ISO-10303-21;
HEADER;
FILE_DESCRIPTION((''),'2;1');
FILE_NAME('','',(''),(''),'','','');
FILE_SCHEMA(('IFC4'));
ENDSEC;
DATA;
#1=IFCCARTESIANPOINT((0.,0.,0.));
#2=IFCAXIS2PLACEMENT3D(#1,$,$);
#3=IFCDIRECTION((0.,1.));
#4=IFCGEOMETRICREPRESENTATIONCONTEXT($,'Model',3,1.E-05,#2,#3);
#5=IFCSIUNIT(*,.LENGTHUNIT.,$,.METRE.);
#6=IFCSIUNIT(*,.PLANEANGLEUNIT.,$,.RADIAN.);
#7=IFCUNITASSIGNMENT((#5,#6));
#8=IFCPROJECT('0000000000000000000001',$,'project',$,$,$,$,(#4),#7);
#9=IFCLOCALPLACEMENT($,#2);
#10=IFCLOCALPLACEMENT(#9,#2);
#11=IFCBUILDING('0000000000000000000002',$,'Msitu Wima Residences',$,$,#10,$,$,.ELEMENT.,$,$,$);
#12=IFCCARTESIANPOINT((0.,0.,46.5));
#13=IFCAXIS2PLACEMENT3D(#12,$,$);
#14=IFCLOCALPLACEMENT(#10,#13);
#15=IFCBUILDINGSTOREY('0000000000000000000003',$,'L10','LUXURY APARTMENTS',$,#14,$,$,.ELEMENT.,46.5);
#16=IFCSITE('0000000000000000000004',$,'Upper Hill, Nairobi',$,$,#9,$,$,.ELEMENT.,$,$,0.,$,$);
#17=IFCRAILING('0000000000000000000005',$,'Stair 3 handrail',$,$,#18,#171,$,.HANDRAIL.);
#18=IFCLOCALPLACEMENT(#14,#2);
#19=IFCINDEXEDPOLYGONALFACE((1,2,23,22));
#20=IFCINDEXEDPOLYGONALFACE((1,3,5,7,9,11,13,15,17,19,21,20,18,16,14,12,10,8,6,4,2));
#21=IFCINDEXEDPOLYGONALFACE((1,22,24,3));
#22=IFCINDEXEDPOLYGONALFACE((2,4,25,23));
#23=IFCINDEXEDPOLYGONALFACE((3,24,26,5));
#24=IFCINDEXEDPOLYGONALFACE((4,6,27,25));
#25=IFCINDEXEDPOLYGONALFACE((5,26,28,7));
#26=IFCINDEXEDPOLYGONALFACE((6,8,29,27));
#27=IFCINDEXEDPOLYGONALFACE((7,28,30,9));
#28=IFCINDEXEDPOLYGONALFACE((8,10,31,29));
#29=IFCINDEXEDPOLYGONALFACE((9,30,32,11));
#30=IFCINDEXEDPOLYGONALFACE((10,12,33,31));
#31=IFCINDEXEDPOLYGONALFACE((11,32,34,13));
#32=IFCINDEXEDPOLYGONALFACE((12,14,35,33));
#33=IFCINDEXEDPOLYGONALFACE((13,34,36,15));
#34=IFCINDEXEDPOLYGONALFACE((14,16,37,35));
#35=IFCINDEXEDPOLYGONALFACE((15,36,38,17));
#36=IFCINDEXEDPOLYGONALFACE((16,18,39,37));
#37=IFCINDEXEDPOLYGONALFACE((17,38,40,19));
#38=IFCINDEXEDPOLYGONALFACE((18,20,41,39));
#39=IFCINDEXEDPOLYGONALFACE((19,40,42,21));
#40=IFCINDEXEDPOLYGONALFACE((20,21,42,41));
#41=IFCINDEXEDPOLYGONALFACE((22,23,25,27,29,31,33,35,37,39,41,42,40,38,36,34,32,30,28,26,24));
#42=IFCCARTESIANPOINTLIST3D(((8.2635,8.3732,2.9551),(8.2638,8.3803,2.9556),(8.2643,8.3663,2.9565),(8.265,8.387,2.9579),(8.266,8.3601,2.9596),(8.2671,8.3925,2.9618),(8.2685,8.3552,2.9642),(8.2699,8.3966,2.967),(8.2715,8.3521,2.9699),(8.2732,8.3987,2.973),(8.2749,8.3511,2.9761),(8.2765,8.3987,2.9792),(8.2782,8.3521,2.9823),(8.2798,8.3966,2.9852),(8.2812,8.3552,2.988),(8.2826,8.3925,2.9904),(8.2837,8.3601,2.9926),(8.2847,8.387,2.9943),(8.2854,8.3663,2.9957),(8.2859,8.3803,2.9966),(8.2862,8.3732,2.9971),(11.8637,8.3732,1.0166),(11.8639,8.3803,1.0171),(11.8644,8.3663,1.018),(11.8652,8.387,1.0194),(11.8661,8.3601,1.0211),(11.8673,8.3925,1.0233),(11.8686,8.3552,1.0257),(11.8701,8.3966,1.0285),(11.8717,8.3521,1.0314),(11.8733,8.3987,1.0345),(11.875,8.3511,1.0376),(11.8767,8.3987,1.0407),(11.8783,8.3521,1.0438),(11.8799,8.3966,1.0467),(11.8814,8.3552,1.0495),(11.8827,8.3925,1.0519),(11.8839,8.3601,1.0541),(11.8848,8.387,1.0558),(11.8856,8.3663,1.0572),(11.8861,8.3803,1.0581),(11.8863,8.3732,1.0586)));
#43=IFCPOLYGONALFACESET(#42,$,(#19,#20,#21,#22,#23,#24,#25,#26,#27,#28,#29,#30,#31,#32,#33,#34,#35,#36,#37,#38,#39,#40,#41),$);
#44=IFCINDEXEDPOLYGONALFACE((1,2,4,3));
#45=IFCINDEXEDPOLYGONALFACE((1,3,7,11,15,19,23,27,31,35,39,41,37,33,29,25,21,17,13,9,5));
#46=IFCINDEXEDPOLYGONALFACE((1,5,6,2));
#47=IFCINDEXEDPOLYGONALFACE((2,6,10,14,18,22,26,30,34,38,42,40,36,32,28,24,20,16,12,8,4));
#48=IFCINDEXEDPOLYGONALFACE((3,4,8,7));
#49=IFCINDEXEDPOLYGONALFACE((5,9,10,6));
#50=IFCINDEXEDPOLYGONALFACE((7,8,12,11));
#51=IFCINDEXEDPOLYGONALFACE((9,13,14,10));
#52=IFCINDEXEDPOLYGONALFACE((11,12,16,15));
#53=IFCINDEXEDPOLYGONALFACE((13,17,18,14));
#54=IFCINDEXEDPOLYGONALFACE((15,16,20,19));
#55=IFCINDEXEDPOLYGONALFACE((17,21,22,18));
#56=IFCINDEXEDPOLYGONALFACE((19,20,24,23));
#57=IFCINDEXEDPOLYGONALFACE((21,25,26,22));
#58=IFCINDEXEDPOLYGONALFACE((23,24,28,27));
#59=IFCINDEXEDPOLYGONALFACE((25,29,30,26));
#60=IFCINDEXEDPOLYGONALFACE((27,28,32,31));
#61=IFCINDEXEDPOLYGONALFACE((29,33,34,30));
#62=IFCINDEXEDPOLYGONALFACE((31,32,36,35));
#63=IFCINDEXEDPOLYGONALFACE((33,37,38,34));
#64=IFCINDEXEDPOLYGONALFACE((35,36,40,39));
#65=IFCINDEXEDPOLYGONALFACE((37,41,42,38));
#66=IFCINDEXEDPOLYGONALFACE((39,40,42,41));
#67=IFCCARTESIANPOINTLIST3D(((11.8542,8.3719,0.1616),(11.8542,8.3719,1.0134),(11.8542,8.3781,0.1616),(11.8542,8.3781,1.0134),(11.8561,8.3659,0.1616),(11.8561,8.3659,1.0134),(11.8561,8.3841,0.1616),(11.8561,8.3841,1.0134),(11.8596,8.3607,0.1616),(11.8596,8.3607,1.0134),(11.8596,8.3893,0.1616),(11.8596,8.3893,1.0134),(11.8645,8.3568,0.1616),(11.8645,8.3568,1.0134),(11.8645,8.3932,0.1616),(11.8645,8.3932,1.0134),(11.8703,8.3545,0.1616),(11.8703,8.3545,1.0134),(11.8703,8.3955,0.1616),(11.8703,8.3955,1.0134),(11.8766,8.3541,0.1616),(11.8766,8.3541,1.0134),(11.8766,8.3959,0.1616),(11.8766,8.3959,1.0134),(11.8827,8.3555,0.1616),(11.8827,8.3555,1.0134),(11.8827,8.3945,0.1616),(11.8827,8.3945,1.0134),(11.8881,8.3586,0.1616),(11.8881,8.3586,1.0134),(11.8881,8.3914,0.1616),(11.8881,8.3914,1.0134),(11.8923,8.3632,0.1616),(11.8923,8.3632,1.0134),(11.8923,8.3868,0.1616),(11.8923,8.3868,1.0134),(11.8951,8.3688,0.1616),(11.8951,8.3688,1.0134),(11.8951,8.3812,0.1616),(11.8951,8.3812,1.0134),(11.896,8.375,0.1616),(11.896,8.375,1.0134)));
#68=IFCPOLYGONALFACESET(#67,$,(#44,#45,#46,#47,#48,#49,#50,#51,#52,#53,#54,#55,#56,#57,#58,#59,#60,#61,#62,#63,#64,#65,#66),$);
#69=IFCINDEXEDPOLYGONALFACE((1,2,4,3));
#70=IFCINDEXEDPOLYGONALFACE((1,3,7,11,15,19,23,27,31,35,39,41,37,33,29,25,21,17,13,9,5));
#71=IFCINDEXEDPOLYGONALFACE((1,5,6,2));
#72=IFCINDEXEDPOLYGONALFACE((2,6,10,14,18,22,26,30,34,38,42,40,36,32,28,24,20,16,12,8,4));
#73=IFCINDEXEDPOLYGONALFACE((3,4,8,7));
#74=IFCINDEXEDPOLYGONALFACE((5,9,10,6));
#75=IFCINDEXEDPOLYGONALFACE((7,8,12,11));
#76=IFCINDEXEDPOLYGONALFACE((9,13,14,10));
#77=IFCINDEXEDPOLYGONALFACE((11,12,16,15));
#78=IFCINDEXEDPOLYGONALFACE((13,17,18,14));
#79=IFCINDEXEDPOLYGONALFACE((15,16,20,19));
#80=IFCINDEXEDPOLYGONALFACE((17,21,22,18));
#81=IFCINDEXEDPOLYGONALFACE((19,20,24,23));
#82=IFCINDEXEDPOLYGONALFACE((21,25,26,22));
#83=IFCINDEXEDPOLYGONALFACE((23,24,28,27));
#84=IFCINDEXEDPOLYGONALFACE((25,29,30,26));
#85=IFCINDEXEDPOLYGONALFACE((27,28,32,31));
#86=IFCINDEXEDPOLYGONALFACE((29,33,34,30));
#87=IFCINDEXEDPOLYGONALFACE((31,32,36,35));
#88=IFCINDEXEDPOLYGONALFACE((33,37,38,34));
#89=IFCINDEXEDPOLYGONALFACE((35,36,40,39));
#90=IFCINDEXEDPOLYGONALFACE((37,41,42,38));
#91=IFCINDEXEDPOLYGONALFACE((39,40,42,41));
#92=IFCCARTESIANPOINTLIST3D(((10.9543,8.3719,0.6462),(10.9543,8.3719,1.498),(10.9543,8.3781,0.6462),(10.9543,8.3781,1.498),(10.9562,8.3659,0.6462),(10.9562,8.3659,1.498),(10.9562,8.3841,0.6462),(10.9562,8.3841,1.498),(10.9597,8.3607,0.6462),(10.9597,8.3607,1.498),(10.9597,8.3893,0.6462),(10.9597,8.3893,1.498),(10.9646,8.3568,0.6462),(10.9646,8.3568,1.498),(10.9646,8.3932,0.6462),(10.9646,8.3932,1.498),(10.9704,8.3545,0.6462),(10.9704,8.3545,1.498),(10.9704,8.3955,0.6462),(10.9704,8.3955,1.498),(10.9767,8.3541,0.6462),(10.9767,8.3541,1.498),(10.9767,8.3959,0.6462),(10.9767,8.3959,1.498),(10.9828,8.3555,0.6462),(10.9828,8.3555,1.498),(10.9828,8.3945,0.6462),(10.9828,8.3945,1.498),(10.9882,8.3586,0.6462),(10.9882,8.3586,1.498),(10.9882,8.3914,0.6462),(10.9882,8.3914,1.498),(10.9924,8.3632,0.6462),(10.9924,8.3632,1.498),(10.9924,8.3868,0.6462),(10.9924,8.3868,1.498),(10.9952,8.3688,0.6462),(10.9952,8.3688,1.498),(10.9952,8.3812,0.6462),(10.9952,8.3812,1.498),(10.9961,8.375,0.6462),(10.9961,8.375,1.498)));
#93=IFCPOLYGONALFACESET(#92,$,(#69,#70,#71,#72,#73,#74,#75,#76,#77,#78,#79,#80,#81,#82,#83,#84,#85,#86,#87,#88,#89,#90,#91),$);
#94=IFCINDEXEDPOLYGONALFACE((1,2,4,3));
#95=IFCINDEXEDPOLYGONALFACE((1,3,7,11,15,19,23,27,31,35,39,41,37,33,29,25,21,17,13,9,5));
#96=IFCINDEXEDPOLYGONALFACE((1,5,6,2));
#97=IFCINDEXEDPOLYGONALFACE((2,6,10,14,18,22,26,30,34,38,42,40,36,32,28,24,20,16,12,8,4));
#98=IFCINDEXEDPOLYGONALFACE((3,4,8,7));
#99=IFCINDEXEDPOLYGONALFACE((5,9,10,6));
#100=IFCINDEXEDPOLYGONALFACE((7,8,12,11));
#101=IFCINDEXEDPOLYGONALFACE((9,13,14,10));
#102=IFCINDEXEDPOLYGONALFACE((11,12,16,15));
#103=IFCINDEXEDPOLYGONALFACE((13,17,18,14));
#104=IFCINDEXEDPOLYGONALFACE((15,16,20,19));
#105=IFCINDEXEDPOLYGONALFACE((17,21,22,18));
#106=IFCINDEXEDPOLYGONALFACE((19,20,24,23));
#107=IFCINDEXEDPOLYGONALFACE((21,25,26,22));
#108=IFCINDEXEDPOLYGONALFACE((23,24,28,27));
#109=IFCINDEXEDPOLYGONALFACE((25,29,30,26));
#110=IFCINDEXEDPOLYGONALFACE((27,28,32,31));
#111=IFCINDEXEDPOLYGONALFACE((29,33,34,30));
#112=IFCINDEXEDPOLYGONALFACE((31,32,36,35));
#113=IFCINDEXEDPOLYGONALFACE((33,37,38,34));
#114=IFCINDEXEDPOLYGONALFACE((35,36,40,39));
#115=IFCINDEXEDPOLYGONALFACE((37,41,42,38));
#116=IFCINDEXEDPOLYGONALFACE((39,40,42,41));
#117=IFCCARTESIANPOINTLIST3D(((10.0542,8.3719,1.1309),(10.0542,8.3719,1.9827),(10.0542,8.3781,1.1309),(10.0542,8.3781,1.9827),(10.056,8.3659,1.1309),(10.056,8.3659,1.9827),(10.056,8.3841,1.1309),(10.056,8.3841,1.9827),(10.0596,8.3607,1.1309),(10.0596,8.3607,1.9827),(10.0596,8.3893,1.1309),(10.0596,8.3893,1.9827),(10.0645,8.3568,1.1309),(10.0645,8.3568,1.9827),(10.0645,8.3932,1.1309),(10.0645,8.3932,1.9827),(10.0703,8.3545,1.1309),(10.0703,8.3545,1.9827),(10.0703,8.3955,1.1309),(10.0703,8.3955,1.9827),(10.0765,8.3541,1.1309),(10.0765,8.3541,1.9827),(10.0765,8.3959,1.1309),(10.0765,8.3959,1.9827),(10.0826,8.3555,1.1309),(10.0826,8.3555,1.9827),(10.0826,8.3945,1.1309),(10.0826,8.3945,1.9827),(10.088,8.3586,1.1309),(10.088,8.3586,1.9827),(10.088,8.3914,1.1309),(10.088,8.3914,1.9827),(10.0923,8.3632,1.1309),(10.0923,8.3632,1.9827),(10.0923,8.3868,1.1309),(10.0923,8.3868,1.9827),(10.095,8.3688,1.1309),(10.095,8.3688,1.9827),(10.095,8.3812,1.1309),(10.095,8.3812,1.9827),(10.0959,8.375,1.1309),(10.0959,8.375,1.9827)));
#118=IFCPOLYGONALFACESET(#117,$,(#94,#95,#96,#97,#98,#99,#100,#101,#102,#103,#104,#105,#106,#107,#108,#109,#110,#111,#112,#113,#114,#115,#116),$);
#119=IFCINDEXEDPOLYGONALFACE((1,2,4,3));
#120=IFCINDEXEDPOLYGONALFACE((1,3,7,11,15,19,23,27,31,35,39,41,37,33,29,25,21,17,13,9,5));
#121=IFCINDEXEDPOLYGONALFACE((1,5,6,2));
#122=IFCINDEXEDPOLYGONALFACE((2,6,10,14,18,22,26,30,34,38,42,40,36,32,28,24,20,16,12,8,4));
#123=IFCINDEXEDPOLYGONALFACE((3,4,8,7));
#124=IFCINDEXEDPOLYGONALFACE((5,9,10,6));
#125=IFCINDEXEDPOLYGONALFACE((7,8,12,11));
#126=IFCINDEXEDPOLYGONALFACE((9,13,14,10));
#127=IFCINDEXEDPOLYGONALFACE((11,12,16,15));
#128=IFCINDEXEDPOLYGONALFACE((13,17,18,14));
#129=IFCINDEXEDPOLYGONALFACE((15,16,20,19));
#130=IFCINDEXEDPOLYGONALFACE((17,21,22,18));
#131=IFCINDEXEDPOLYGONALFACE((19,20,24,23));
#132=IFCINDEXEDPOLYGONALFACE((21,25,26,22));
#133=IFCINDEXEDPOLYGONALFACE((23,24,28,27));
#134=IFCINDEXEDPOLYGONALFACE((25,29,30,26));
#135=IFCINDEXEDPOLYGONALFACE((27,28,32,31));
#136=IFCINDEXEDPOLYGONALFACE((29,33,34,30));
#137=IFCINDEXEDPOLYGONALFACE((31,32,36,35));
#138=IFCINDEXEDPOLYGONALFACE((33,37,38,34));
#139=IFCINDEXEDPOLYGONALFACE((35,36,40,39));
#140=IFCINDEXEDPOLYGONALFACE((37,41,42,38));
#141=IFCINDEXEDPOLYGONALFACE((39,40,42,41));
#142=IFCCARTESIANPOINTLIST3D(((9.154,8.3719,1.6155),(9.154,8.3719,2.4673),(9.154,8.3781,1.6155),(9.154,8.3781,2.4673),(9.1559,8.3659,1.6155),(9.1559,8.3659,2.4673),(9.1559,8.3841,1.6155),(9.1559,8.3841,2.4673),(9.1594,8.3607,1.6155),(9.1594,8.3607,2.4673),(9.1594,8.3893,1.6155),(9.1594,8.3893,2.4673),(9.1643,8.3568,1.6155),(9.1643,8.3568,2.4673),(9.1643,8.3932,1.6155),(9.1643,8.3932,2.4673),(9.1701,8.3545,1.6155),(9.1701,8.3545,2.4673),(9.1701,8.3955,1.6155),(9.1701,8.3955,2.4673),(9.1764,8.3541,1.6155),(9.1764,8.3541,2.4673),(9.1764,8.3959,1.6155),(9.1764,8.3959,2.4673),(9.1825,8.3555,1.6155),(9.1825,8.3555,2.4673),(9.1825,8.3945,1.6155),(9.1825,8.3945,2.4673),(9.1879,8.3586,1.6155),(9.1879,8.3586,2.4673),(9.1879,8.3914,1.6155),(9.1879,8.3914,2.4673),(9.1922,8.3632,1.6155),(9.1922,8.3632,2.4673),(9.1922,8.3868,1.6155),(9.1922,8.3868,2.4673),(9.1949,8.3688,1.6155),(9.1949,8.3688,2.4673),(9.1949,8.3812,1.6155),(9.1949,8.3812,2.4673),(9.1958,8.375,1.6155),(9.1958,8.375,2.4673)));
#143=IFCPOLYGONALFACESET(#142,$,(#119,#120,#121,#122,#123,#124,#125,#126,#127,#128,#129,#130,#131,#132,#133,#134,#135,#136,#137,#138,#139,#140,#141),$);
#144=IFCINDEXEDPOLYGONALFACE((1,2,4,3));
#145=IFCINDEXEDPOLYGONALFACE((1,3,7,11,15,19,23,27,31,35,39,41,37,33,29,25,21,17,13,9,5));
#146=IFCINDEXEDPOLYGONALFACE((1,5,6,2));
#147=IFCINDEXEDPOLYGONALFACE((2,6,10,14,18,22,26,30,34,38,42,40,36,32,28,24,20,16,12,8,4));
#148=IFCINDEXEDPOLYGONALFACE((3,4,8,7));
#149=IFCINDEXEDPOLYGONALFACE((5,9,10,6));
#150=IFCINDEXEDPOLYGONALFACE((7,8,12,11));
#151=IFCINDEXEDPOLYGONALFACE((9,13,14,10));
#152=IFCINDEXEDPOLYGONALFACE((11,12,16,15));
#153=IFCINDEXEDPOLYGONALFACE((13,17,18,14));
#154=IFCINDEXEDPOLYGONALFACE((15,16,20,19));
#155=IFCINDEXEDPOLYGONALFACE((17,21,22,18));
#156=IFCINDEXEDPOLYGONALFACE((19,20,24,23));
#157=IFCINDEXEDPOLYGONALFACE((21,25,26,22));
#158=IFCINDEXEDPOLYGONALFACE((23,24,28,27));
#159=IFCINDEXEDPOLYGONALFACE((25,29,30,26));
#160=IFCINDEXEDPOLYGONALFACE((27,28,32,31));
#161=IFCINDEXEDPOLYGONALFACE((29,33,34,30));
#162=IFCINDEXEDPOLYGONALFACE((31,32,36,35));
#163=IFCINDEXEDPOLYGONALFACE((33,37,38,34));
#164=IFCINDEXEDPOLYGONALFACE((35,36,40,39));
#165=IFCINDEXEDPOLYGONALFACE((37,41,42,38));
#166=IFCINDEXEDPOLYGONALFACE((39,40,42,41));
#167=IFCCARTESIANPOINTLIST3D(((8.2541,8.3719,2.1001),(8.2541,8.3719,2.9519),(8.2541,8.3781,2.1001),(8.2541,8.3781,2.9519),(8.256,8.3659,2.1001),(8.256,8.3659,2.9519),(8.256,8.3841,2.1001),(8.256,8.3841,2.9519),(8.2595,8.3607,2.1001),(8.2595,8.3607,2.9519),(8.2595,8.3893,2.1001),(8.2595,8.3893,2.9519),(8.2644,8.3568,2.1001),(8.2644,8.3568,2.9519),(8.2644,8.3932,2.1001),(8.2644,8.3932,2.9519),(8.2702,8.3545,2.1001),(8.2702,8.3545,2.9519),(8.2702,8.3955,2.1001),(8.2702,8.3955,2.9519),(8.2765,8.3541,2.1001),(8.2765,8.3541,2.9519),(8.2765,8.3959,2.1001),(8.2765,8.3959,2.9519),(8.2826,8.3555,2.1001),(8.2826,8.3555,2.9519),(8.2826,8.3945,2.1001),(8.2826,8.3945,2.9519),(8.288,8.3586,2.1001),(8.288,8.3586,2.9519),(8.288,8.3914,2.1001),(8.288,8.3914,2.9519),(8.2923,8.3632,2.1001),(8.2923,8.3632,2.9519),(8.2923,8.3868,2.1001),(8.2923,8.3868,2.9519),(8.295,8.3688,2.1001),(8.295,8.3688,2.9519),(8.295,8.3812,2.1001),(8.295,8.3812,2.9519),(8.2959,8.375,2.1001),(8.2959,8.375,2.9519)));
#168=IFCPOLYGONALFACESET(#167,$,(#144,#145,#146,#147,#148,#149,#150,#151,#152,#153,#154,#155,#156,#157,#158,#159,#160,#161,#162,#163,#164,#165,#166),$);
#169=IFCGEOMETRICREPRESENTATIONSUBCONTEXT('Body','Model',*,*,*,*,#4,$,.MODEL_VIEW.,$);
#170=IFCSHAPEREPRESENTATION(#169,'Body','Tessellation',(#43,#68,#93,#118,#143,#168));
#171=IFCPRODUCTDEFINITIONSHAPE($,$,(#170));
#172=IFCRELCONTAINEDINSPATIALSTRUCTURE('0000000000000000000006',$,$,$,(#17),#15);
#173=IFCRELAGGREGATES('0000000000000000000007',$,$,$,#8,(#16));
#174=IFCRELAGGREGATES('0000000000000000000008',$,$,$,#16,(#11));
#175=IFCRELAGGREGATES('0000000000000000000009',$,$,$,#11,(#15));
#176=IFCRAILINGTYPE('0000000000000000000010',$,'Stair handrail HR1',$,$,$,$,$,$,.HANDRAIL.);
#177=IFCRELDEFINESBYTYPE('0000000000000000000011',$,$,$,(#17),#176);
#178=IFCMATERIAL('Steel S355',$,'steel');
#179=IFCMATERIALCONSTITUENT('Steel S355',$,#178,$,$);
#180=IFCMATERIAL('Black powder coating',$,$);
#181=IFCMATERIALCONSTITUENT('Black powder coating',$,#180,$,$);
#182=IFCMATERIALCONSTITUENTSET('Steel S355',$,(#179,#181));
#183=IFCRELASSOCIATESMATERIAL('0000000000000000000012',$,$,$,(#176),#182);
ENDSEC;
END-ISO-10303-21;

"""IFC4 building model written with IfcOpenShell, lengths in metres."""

from ifc_helpers import new_model, si_unit, direction, frame, origin, origin_2d, place, context, subcontext, project, spatial, circle, extrude, material, constituent, constituent_set, type_object, element, save


model = new_model("IFC4")

# Units and contexts
model_context = context("Model", 3, precision=1e-05, world=origin(), true_north=direction((0.0, 1.0)))
body_context = subcontext(model_context, "Body", "Model", "MODEL_VIEW")
ifc_project = project(units=[si_unit("LENGTHUNIT", "METRE"), si_unit("PLANEANGLEUNIT", "RADIAN")], contexts=[model_context])

# Site, building, storey
site_placement = place(None, origin())
site = spatial("IfcSite", under=ifc_project, at=site_placement, Name="Upper Hill, Nairobi", CompositionType="ELEMENT", RefElevation=0.0)
building_placement = place(site_placement, origin())
building = spatial("IfcBuilding", under=site, at=building_placement, Name="Msitu Wima Residences", CompositionType="ELEMENT")
storey_placement = place(building_placement, frame((0.0, 0.0, 46.5)))
storey = spatial("IfcBuildingStorey", under=building, at=storey_placement, Name="L10", Description="LUXURY APARTMENTS", CompositionType="ELEMENT", Elevation=46.5)

# Railing
ifc_material_1 = material(Name="Steel S355", Category="steel")
ifc_constituent_1 = constituent(ifc_material_1, Name="Steel S355")
ifc_material_2 = material(Name="Black powder coating")
ifc_constituent_2 = constituent(ifc_material_2, Name="Black powder coating")
ifc_constituent_set_1 = constituent_set(constituents=[ifc_constituent_1, ifc_constituent_2], Name="Steel S355")
railing_type_1 = type_object("IfcRailingType", Name="Stair handrail HR1", PredefinedType="HANDRAIL", material=ifc_constituent_set_1)
for number, where, name in (
    (1, (11.875, 8.375, 0.1616), "Stair 3 handrail"),
):
    element("IfcRailing", number, at=place(storey_placement, frame(where)), inside=storey, type_object=railing_type_1, Name=name, PredefinedType="HANDRAIL", context=body_context, shape_type="SweptSolid", body=[
        extrude(circle(Radius=0.0239, at=origin_2d()), frame((0.0, 0.0, 0.876), z_axis=(-0.880475, 0.0, 0.474093), x_axis=(0.0, -1.0, 0.0)), (0.0, 0.0, 1.0), 4.0889),
        extrude(circle(Radius=0.021, at=origin_2d()), origin(), (0.0, 0.0, 1.0), 0.8518),
        extrude(circle(Radius=0.021, at=origin_2d()), frame((-0.8999, 0.0, 0.4846)), (0.0, 0.0, 1.0), 0.8518),
        extrude(circle(Radius=0.021, at=origin_2d()), frame((-1.8, 0.0, 0.9692)), (0.0, 0.0, 1.0), 0.8518),
        extrude(circle(Radius=0.021, at=origin_2d()), frame((-2.7002, 0.0, 1.4539)), (0.0, 0.0, 1.0), 0.8518),
        extrude(circle(Radius=0.021, at=origin_2d()), frame((-3.6001, 0.0, 1.9385)), (0.0, 0.0, 1.0), 0.8518),
    ])

save(model, "model.ifc")
